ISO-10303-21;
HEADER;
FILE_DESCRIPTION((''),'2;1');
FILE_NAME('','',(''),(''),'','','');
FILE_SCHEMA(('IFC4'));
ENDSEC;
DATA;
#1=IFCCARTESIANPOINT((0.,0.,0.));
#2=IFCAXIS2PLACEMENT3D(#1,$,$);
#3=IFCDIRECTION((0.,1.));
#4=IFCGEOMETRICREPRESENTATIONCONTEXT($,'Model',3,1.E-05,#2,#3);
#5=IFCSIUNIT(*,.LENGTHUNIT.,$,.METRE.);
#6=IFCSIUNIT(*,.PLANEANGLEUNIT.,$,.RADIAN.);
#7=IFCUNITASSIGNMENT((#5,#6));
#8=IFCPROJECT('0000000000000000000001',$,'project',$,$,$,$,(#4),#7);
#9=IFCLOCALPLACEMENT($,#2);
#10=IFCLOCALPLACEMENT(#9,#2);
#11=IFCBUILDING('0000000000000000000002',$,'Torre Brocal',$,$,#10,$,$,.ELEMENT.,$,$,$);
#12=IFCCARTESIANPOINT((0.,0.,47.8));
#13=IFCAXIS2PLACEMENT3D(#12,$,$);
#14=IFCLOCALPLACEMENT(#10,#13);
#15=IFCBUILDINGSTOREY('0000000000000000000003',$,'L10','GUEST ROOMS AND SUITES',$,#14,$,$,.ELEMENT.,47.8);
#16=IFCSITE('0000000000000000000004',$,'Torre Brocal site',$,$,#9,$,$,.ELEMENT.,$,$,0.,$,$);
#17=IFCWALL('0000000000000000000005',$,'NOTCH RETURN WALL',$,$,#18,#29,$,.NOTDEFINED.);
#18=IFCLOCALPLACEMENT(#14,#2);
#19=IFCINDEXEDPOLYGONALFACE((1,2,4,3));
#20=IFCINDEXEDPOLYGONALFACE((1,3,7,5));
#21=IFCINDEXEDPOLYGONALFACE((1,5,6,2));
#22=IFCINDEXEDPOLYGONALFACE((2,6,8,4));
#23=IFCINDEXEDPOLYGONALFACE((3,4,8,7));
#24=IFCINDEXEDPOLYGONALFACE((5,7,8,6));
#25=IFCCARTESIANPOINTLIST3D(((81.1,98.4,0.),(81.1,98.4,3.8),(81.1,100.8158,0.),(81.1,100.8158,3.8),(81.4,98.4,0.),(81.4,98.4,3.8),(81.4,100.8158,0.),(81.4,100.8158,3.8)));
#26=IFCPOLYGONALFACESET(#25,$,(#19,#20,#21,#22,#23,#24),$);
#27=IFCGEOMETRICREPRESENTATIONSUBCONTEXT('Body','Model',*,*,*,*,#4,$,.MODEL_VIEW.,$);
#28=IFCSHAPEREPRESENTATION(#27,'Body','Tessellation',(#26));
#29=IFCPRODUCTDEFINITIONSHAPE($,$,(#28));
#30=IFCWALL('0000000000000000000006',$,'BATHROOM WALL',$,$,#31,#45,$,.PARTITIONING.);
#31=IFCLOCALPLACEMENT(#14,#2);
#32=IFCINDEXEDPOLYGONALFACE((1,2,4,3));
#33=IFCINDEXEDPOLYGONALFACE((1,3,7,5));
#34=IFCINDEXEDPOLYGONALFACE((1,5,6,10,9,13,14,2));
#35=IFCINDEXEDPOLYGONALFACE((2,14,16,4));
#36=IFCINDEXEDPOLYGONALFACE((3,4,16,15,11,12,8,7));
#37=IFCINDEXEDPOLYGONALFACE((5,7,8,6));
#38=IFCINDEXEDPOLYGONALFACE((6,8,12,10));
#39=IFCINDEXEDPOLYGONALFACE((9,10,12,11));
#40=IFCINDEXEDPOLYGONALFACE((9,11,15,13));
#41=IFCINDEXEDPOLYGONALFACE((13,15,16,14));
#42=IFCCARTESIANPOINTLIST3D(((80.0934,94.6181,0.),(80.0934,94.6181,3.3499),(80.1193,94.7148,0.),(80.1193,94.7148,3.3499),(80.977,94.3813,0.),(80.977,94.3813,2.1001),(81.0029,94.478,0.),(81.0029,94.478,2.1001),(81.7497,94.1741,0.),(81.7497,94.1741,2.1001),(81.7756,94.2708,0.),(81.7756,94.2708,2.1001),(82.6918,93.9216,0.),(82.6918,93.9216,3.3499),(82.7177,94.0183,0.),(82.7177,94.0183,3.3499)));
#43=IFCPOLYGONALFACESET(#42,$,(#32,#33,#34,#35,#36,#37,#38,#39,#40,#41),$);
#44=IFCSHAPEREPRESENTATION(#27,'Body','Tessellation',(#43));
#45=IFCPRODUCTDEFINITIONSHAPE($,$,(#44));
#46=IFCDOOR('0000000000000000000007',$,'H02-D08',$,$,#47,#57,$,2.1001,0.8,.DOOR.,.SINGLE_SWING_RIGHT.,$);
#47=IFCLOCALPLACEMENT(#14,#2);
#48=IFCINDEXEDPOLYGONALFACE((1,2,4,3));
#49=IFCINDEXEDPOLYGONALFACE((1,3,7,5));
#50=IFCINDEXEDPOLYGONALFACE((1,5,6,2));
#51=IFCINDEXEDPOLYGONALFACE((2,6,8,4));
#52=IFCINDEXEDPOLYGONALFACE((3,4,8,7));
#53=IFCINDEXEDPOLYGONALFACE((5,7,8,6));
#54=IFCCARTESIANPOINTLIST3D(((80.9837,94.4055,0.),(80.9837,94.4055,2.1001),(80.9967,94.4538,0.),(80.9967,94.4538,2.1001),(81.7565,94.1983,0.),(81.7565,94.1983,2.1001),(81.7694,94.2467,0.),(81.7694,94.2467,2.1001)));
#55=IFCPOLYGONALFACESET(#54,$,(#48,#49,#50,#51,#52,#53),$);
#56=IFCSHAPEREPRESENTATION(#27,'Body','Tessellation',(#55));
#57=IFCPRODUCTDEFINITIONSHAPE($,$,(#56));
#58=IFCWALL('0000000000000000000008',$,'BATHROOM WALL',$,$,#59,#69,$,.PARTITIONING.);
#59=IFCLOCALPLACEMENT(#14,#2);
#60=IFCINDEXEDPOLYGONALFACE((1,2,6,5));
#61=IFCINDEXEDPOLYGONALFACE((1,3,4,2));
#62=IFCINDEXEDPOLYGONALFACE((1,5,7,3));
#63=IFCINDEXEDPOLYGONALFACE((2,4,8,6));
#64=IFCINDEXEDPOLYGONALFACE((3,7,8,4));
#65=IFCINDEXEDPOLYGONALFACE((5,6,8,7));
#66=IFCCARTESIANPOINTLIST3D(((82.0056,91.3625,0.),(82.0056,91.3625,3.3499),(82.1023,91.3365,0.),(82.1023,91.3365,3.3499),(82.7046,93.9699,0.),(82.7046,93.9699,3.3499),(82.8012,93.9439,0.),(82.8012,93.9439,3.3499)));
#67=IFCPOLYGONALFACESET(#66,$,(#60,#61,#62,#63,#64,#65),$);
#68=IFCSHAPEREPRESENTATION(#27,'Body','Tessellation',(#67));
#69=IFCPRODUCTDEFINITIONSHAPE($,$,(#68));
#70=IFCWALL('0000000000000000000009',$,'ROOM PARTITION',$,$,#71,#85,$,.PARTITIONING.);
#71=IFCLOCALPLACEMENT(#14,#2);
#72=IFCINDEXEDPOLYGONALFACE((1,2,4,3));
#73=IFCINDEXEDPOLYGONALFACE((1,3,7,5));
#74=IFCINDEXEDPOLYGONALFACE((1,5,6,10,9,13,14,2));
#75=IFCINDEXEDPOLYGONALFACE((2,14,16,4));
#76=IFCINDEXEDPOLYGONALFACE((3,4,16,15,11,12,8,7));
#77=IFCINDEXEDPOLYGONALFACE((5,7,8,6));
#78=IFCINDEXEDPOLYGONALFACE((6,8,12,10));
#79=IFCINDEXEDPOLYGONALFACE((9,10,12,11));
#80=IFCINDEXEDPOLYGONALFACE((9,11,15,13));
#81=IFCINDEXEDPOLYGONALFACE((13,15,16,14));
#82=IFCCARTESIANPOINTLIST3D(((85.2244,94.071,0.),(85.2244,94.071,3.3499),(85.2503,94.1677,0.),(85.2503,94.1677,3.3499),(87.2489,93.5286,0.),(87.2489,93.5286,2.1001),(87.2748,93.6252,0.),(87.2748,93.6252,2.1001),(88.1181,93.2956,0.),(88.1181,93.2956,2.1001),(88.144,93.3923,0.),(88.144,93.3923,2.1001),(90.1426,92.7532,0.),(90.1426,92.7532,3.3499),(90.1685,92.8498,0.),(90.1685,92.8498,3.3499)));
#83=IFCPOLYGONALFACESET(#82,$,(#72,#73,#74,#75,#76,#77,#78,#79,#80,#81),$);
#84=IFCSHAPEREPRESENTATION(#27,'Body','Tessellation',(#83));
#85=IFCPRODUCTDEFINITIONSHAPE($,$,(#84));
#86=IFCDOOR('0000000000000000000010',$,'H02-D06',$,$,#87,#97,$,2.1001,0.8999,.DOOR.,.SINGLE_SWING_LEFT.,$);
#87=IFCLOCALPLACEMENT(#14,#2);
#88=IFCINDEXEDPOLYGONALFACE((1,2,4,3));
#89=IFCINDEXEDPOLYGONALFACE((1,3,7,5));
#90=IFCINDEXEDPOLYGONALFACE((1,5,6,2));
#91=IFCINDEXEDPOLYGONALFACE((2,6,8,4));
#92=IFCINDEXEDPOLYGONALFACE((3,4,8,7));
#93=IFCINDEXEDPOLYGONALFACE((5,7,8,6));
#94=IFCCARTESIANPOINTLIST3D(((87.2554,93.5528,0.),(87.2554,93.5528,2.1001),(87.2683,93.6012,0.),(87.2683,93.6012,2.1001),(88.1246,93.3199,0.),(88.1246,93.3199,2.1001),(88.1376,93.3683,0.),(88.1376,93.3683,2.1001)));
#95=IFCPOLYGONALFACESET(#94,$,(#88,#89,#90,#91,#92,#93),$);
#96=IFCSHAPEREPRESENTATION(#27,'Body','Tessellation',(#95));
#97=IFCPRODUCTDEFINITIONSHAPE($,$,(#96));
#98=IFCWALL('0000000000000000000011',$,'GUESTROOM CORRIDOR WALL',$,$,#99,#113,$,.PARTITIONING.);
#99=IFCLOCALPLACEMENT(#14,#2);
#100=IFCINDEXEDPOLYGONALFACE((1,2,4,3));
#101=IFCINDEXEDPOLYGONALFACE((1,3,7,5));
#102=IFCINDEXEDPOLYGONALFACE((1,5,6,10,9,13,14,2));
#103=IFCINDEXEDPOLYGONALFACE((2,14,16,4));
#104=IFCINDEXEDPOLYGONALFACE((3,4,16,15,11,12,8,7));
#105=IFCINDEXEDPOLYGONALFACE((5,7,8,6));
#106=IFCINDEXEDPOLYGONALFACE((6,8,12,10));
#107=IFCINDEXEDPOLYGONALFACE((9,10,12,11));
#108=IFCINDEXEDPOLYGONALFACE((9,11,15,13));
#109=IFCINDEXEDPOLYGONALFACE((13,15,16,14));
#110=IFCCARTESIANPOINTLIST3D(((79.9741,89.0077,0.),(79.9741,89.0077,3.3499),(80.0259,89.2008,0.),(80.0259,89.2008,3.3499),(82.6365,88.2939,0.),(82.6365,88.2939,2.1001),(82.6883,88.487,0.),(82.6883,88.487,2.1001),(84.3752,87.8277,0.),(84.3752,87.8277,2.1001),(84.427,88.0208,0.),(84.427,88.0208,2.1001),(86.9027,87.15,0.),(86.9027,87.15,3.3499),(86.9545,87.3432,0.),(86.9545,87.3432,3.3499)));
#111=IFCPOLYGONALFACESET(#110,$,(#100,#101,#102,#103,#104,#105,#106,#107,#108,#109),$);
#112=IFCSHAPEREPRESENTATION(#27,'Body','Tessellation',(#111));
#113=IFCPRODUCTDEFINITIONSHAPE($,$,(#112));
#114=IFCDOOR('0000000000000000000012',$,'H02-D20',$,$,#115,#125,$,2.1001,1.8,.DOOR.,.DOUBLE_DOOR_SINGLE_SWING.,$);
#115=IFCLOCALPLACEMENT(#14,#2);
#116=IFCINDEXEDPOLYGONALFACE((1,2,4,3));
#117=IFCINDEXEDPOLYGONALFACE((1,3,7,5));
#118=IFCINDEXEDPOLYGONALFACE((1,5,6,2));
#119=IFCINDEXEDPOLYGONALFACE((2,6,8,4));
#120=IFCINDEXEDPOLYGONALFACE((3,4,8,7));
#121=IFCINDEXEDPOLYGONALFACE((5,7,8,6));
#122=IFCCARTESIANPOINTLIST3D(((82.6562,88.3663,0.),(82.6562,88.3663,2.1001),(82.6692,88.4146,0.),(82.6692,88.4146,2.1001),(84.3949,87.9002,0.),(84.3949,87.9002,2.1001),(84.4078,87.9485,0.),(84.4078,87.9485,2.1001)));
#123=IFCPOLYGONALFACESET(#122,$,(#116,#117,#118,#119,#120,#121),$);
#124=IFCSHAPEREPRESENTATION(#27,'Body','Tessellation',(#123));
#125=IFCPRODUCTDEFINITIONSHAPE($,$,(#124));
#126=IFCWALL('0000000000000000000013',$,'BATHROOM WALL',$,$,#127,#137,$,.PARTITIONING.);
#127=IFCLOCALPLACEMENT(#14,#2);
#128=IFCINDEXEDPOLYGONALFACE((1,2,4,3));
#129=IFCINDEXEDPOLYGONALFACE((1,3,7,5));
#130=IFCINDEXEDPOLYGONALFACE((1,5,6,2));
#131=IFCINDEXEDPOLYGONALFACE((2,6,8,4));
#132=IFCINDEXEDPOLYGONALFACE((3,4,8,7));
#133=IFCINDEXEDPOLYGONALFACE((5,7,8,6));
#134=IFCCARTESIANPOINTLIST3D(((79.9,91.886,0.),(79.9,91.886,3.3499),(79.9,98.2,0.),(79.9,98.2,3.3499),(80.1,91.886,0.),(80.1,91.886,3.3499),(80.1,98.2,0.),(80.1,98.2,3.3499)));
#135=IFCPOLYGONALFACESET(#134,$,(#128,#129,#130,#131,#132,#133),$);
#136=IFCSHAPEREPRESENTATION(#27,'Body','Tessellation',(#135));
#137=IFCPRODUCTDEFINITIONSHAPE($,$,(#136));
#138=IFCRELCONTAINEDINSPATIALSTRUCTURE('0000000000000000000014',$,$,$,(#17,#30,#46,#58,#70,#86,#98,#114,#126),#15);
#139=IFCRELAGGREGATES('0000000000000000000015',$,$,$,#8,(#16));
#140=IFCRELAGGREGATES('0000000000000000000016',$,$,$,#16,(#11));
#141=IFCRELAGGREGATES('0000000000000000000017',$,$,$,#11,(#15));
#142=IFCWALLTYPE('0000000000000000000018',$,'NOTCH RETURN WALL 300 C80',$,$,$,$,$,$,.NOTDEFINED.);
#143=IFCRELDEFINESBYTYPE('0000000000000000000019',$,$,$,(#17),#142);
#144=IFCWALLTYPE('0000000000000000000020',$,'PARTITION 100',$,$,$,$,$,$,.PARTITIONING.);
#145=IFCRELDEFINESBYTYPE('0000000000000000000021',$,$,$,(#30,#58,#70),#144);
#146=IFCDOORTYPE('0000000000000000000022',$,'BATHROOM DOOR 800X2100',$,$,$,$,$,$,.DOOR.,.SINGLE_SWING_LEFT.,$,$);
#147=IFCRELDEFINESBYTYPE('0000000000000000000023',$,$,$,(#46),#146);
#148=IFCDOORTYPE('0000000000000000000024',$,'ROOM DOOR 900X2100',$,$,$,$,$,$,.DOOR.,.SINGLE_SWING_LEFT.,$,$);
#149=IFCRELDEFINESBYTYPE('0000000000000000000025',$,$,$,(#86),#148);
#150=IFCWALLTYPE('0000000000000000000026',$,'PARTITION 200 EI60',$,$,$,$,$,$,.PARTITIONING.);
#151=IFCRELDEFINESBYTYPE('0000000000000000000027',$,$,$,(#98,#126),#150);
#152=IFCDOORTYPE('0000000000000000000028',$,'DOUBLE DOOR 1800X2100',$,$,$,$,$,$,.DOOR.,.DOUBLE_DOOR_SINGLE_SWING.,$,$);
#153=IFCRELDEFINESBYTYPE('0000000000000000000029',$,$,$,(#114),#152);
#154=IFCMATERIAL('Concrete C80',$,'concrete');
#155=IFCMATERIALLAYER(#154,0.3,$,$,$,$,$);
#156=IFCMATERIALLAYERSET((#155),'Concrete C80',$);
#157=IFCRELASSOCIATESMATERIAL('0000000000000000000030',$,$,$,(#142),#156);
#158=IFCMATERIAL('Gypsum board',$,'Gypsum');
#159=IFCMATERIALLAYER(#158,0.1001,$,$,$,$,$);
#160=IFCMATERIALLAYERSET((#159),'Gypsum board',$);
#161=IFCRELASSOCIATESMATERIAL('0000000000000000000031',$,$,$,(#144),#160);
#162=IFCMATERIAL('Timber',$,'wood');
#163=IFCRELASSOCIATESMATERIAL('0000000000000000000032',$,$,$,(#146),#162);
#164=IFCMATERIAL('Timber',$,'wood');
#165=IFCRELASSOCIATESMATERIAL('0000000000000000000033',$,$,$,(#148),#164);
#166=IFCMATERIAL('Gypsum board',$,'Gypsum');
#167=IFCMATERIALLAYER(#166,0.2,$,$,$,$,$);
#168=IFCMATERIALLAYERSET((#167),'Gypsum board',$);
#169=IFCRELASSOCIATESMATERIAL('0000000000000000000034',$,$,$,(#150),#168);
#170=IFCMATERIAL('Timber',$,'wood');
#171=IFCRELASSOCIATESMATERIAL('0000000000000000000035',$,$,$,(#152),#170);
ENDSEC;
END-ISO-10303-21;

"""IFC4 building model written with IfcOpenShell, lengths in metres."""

from ifc_helpers import new_model, si_unit, direction, frame, frame_2d, origin, place, context, subcontext, project, spatial, rectangle, extrude, material, layer, layer_set, type_object, element, fill, save


model = new_model("IFC4")

# Units and contexts
model_context = context("Model", 3, precision=1e-05, world=origin(), true_north=direction((0.0, 1.0)))
body_context = subcontext(model_context, "Body", "Model", "MODEL_VIEW")
ifc_project = project(units=[si_unit("LENGTHUNIT", "METRE"), si_unit("PLANEANGLEUNIT", "RADIAN")], contexts=[model_context])

# Site, building, storey
site_placement = place(None, origin())
site = spatial("IfcSite", under=ifc_project, at=site_placement, Name="Torre Brocal site", CompositionType="ELEMENT", RefElevation=0.0)
building_placement = place(site_placement, origin())
building = spatial("IfcBuilding", under=site, at=building_placement, Name="Torre Brocal", CompositionType="ELEMENT")
storey_placement = place(building_placement, frame((0.0, 0.0, 47.8)))
storey = spatial("IfcBuildingStorey", under=building, at=storey_placement, Name="L10", Description="GUEST ROOMS AND SUITES", CompositionType="ELEMENT", Elevation=47.8)

# Wall
ifc_material_1 = material(Name="Concrete C80", Category="concrete")
ifc_layer_1 = layer(ifc_material_1, 0.3)
ifc_layer_set_1 = layer_set([ifc_layer_1], Name="Concrete C80")
wall_type_1 = type_object("IfcWallType", Name="NOTCH RETURN WALL 300 C80", PredefinedType="NOTDEFINED", material=ifc_layer_set_1)
wall_1_placement = place(storey_placement, frame((81.25, 98.3999, 0.0), z_axis=(0.0, 0.0, 1.0), x_axis=(0.0, 1.0, 0.0)))
element("IfcWall", 1, at=wall_1_placement, inside=storey, type_object=wall_type_1, Name="NOTCH RETURN WALL", PredefinedType="NOTDEFINED", context=body_context, shape_type="SweptSolid", body=[
    extrude(rectangle(XDim=2.4158, YDim=0.3, at=frame_2d((1.208, 0.0))), origin(), (0.0, 0.0, 1.0), 3.8),
])

# Wall, opening, door
ifc_material_2 = material(Name="Gypsum board", Category="Gypsum")
ifc_layer_2 = layer(ifc_material_2, 0.1001)
ifc_layer_set_2 = layer_set([ifc_layer_2], Name="Gypsum board")
wall_type_2 = type_object("IfcWallType", Name="PARTITION 100", PredefinedType="PARTITIONING", material=ifc_layer_set_2)
wall_2_placement = place(storey_placement, frame((80.1062, 94.6665, 0.0), z_axis=(0.0, 0.0, 1.0), x_axis=(0.965898, -0.258922, 0.0)))
wall_2 = element("IfcWall", 2, at=wall_2_placement, inside=storey, type_object=wall_type_2, Name="BATHROOM WALL", PredefinedType="PARTITIONING", context=body_context, shape_type="SweptSolid", body=[
    extrude(rectangle(XDim=2.6902, YDim=0.1001, at=frame_2d((1.3452, 0.0))), origin(), (0.0, 0.0, 1.0), 3.3499),
])
opening_1_placement = place(wall_2_placement, frame((0.915, 0.0, 0.0)))
opening_1 = element("IfcOpeningElement", 3, at=opening_1_placement, cuts=wall_2, PredefinedType="OPENING", context=body_context, shape_type="SweptSolid", body=[
    extrude(rectangle(XDim=0.8, YDim=2.1001, at=frame_2d((0.3999, 1.05))), frame((0.0, 0.0601, 0.0), z_axis=(0.0, -1.0, 0.0), x_axis=(1.0, 0.0, 0.0)), (0.0, 0.0, 1.0), 0.1201),
])
ifc_material_3 = material(Name="Timber", Category="wood")
door_type_1 = type_object("IfcDoorType", Name="BATHROOM DOOR 800X2100", OperationType="SINGLE_SWING_LEFT", PredefinedType="DOOR", material=ifc_material_3)
door_1_placement = place(opening_1_placement, frame((0.8, 0.0, 0.0), z_axis=(0.0, 0.0, 1.0), x_axis=(-1.0, 0.0, 0.0)))
door_1 = element("IfcDoor", 4, at=door_1_placement, inside=storey, type_object=door_type_1, Name="H02-D08", OperationType="SINGLE_SWING_RIGHT", OverallHeight=2.1001, OverallWidth=0.8, PredefinedType="DOOR", context=body_context, shape_type="SweptSolid", body=[
    extrude(rectangle(XDim=0.8, YDim=2.1001, at=frame_2d((0.3999, 1.05))), frame((0.0, 0.0249, 0.0), z_axis=(0.0, -1.0, 0.0), x_axis=(1.0, 0.0, 0.0)), (0.0, 0.0, 1.0), 0.05),
])
fill(opening_1, door_1)

# Wall
wall_3_placement = place(storey_placement, frame((82.054, 91.3496, 0.0), z_axis=(0.0, 0.0, 1.0), x_axis=(0.258929, 0.965896, 0.0)))
element("IfcWall", 5, at=wall_3_placement, inside=storey, type_object=wall_type_2, Name="BATHROOM WALL", PredefinedType="PARTITIONING", context=body_context, shape_type="SweptSolid", body=[
    extrude(rectangle(XDim=2.6995, YDim=0.1001, at=frame_2d((1.3496, 0.0))), origin(), (0.0, 0.0, 1.0), 3.3499),
])

# Walls, openings, doors
wall_4_placement = place(storey_placement, frame((85.2373, 94.1194, 0.0), z_axis=(0.0, 0.0, 1.0), x_axis=(0.965924, -0.258826, 0.0)))
wall_4 = element("IfcWall", 6, at=wall_4_placement, inside=storey, type_object=wall_type_2, Name="ROOM PARTITION", PredefinedType="PARTITIONING", context=body_context, shape_type="SweptSolid", body=[
    extrude(rectangle(XDim=5.0918, YDim=0.1001, at=frame_2d((2.5459, 0.0))), origin(), (0.0, 0.0, 1.0), 3.3499),
])
opening_2_placement = place(wall_4_placement, frame((2.0959, 0.0, 0.0)))
opening_2 = element("IfcOpeningElement", 7, at=opening_2_placement, cuts=wall_4, PredefinedType="OPENING", context=body_context, shape_type="SweptSolid", body=[
    extrude(rectangle(XDim=0.8999, YDim=2.1001, at=frame_2d((0.45, 1.05))), frame((0.0, 0.0601, 0.0), z_axis=(0.0, -1.0, 0.0), x_axis=(1.0, 0.0, 0.0)), (0.0, 0.0, 1.0), 0.1201),
])
ifc_material_4 = material(Name="Timber", Category="wood")
door_type_2 = type_object("IfcDoorType", Name="ROOM DOOR 900X2100", OperationType="SINGLE_SWING_LEFT", PredefinedType="DOOR", material=ifc_material_4)
door_2_placement = place(opening_2_placement, frame((0.8999, 0.0, 0.0), z_axis=(0.0, 0.0, 1.0), x_axis=(-1.0, 0.0, 0.0)))
door_2 = element("IfcDoor", 8, at=door_2_placement, inside=storey, type_object=door_type_2, Name="H02-D06", OperationType="SINGLE_SWING_LEFT", OverallHeight=2.1001, OverallWidth=0.8999, PredefinedType="DOOR", context=body_context, shape_type="SweptSolid", body=[
    extrude(rectangle(XDim=0.8999, YDim=2.1001, at=frame_2d((0.45, 1.05))), frame((0.0, 0.0249, 0.0), z_axis=(0.0, -1.0, 0.0), x_axis=(1.0, 0.0, 0.0)), (0.0, 0.0, 1.0), 0.05),
])
fill(opening_2, door_2)
ifc_material_5 = material(Name="Gypsum board", Category="Gypsum")
ifc_layer_3 = layer(ifc_material_5, 0.2)
ifc_layer_set_3 = layer_set([ifc_layer_3], Name="Gypsum board")
wall_type_3 = type_object("IfcWallType", Name="PARTITION 200 EI60", PredefinedType="PARTITIONING", material=ifc_layer_set_3)
wall_5_placement = place(storey_placement, frame((80.0, 89.1042, 0.0), z_axis=(0.0, 0.0, 1.0), x_axis=(0.965887, -0.258965, 0.0)))
wall_5 = element("IfcWall", 9, at=wall_5_placement, inside=storey, type_object=wall_type_3, Name="GUESTROOM CORRIDOR WALL", PredefinedType="PARTITIONING", context=body_context, shape_type="SweptSolid", body=[
    extrude(rectangle(XDim=7.1733, YDim=0.2, at=frame_2d((3.5867, 0.0))), origin(), (0.0, 0.0, 1.0), 3.3499),
])
opening_3_placement = place(wall_5_placement, frame((2.7566, 0.0, 0.0)))
opening_3 = element("IfcOpeningElement", 10, at=opening_3_placement, cuts=wall_5, PredefinedType="OPENING", context=body_context, shape_type="SweptSolid", body=[
    extrude(rectangle(XDim=1.8, YDim=2.1001, at=frame_2d((0.8999, 1.05))), frame((0.0, 0.1099, 0.0), z_axis=(0.0, -1.0, 0.0), x_axis=(1.0, 0.0, 0.0)), (0.0, 0.0, 1.0), 0.22),
])
ifc_material_6 = material(Name="Timber", Category="wood")
door_type_3 = type_object("IfcDoorType", Name="DOUBLE DOOR 1800X2100", OperationType="DOUBLE_DOOR_SINGLE_SWING", PredefinedType="DOOR", material=ifc_material_6)
door_3_placement = place(opening_3_placement, frame((1.8, 0.0, 0.0), z_axis=(0.0, 0.0, 1.0), x_axis=(-1.0, 0.0, 0.0)))
door_3 = element("IfcDoor", 11, at=door_3_placement, inside=storey, type_object=door_type_3, Name="H02-D20", OperationType="DOUBLE_DOOR_SINGLE_SWING", OverallHeight=2.1001, OverallWidth=1.8, PredefinedType="DOOR", context=body_context, shape_type="SweptSolid", body=[
    extrude(rectangle(XDim=1.8, YDim=2.1001, at=frame_2d((0.8999, 1.05))), frame((0.0, 0.0249, 0.0), z_axis=(0.0, -1.0, 0.0), x_axis=(1.0, 0.0, 0.0)), (0.0, 0.0, 1.0), 0.05),
])
fill(opening_3, door_3)

# Wall
wall_6_placement = place(storey_placement, frame((80.0, 91.886, 0.0), z_axis=(0.0, 0.0, 1.0), x_axis=(0.0, 1.0, 0.0)))
element("IfcWall", 12, at=wall_6_placement, inside=storey, type_object=wall_type_3, Name="BATHROOM WALL", PredefinedType="PARTITIONING", context=body_context, shape_type="SweptSolid", body=[
    extrude(rectangle(XDim=6.314, YDim=0.2, at=frame_2d((3.157, 0.0))), origin(), (0.0, 0.0, 1.0), 3.3499),
])

save(model, "model.ifc")
